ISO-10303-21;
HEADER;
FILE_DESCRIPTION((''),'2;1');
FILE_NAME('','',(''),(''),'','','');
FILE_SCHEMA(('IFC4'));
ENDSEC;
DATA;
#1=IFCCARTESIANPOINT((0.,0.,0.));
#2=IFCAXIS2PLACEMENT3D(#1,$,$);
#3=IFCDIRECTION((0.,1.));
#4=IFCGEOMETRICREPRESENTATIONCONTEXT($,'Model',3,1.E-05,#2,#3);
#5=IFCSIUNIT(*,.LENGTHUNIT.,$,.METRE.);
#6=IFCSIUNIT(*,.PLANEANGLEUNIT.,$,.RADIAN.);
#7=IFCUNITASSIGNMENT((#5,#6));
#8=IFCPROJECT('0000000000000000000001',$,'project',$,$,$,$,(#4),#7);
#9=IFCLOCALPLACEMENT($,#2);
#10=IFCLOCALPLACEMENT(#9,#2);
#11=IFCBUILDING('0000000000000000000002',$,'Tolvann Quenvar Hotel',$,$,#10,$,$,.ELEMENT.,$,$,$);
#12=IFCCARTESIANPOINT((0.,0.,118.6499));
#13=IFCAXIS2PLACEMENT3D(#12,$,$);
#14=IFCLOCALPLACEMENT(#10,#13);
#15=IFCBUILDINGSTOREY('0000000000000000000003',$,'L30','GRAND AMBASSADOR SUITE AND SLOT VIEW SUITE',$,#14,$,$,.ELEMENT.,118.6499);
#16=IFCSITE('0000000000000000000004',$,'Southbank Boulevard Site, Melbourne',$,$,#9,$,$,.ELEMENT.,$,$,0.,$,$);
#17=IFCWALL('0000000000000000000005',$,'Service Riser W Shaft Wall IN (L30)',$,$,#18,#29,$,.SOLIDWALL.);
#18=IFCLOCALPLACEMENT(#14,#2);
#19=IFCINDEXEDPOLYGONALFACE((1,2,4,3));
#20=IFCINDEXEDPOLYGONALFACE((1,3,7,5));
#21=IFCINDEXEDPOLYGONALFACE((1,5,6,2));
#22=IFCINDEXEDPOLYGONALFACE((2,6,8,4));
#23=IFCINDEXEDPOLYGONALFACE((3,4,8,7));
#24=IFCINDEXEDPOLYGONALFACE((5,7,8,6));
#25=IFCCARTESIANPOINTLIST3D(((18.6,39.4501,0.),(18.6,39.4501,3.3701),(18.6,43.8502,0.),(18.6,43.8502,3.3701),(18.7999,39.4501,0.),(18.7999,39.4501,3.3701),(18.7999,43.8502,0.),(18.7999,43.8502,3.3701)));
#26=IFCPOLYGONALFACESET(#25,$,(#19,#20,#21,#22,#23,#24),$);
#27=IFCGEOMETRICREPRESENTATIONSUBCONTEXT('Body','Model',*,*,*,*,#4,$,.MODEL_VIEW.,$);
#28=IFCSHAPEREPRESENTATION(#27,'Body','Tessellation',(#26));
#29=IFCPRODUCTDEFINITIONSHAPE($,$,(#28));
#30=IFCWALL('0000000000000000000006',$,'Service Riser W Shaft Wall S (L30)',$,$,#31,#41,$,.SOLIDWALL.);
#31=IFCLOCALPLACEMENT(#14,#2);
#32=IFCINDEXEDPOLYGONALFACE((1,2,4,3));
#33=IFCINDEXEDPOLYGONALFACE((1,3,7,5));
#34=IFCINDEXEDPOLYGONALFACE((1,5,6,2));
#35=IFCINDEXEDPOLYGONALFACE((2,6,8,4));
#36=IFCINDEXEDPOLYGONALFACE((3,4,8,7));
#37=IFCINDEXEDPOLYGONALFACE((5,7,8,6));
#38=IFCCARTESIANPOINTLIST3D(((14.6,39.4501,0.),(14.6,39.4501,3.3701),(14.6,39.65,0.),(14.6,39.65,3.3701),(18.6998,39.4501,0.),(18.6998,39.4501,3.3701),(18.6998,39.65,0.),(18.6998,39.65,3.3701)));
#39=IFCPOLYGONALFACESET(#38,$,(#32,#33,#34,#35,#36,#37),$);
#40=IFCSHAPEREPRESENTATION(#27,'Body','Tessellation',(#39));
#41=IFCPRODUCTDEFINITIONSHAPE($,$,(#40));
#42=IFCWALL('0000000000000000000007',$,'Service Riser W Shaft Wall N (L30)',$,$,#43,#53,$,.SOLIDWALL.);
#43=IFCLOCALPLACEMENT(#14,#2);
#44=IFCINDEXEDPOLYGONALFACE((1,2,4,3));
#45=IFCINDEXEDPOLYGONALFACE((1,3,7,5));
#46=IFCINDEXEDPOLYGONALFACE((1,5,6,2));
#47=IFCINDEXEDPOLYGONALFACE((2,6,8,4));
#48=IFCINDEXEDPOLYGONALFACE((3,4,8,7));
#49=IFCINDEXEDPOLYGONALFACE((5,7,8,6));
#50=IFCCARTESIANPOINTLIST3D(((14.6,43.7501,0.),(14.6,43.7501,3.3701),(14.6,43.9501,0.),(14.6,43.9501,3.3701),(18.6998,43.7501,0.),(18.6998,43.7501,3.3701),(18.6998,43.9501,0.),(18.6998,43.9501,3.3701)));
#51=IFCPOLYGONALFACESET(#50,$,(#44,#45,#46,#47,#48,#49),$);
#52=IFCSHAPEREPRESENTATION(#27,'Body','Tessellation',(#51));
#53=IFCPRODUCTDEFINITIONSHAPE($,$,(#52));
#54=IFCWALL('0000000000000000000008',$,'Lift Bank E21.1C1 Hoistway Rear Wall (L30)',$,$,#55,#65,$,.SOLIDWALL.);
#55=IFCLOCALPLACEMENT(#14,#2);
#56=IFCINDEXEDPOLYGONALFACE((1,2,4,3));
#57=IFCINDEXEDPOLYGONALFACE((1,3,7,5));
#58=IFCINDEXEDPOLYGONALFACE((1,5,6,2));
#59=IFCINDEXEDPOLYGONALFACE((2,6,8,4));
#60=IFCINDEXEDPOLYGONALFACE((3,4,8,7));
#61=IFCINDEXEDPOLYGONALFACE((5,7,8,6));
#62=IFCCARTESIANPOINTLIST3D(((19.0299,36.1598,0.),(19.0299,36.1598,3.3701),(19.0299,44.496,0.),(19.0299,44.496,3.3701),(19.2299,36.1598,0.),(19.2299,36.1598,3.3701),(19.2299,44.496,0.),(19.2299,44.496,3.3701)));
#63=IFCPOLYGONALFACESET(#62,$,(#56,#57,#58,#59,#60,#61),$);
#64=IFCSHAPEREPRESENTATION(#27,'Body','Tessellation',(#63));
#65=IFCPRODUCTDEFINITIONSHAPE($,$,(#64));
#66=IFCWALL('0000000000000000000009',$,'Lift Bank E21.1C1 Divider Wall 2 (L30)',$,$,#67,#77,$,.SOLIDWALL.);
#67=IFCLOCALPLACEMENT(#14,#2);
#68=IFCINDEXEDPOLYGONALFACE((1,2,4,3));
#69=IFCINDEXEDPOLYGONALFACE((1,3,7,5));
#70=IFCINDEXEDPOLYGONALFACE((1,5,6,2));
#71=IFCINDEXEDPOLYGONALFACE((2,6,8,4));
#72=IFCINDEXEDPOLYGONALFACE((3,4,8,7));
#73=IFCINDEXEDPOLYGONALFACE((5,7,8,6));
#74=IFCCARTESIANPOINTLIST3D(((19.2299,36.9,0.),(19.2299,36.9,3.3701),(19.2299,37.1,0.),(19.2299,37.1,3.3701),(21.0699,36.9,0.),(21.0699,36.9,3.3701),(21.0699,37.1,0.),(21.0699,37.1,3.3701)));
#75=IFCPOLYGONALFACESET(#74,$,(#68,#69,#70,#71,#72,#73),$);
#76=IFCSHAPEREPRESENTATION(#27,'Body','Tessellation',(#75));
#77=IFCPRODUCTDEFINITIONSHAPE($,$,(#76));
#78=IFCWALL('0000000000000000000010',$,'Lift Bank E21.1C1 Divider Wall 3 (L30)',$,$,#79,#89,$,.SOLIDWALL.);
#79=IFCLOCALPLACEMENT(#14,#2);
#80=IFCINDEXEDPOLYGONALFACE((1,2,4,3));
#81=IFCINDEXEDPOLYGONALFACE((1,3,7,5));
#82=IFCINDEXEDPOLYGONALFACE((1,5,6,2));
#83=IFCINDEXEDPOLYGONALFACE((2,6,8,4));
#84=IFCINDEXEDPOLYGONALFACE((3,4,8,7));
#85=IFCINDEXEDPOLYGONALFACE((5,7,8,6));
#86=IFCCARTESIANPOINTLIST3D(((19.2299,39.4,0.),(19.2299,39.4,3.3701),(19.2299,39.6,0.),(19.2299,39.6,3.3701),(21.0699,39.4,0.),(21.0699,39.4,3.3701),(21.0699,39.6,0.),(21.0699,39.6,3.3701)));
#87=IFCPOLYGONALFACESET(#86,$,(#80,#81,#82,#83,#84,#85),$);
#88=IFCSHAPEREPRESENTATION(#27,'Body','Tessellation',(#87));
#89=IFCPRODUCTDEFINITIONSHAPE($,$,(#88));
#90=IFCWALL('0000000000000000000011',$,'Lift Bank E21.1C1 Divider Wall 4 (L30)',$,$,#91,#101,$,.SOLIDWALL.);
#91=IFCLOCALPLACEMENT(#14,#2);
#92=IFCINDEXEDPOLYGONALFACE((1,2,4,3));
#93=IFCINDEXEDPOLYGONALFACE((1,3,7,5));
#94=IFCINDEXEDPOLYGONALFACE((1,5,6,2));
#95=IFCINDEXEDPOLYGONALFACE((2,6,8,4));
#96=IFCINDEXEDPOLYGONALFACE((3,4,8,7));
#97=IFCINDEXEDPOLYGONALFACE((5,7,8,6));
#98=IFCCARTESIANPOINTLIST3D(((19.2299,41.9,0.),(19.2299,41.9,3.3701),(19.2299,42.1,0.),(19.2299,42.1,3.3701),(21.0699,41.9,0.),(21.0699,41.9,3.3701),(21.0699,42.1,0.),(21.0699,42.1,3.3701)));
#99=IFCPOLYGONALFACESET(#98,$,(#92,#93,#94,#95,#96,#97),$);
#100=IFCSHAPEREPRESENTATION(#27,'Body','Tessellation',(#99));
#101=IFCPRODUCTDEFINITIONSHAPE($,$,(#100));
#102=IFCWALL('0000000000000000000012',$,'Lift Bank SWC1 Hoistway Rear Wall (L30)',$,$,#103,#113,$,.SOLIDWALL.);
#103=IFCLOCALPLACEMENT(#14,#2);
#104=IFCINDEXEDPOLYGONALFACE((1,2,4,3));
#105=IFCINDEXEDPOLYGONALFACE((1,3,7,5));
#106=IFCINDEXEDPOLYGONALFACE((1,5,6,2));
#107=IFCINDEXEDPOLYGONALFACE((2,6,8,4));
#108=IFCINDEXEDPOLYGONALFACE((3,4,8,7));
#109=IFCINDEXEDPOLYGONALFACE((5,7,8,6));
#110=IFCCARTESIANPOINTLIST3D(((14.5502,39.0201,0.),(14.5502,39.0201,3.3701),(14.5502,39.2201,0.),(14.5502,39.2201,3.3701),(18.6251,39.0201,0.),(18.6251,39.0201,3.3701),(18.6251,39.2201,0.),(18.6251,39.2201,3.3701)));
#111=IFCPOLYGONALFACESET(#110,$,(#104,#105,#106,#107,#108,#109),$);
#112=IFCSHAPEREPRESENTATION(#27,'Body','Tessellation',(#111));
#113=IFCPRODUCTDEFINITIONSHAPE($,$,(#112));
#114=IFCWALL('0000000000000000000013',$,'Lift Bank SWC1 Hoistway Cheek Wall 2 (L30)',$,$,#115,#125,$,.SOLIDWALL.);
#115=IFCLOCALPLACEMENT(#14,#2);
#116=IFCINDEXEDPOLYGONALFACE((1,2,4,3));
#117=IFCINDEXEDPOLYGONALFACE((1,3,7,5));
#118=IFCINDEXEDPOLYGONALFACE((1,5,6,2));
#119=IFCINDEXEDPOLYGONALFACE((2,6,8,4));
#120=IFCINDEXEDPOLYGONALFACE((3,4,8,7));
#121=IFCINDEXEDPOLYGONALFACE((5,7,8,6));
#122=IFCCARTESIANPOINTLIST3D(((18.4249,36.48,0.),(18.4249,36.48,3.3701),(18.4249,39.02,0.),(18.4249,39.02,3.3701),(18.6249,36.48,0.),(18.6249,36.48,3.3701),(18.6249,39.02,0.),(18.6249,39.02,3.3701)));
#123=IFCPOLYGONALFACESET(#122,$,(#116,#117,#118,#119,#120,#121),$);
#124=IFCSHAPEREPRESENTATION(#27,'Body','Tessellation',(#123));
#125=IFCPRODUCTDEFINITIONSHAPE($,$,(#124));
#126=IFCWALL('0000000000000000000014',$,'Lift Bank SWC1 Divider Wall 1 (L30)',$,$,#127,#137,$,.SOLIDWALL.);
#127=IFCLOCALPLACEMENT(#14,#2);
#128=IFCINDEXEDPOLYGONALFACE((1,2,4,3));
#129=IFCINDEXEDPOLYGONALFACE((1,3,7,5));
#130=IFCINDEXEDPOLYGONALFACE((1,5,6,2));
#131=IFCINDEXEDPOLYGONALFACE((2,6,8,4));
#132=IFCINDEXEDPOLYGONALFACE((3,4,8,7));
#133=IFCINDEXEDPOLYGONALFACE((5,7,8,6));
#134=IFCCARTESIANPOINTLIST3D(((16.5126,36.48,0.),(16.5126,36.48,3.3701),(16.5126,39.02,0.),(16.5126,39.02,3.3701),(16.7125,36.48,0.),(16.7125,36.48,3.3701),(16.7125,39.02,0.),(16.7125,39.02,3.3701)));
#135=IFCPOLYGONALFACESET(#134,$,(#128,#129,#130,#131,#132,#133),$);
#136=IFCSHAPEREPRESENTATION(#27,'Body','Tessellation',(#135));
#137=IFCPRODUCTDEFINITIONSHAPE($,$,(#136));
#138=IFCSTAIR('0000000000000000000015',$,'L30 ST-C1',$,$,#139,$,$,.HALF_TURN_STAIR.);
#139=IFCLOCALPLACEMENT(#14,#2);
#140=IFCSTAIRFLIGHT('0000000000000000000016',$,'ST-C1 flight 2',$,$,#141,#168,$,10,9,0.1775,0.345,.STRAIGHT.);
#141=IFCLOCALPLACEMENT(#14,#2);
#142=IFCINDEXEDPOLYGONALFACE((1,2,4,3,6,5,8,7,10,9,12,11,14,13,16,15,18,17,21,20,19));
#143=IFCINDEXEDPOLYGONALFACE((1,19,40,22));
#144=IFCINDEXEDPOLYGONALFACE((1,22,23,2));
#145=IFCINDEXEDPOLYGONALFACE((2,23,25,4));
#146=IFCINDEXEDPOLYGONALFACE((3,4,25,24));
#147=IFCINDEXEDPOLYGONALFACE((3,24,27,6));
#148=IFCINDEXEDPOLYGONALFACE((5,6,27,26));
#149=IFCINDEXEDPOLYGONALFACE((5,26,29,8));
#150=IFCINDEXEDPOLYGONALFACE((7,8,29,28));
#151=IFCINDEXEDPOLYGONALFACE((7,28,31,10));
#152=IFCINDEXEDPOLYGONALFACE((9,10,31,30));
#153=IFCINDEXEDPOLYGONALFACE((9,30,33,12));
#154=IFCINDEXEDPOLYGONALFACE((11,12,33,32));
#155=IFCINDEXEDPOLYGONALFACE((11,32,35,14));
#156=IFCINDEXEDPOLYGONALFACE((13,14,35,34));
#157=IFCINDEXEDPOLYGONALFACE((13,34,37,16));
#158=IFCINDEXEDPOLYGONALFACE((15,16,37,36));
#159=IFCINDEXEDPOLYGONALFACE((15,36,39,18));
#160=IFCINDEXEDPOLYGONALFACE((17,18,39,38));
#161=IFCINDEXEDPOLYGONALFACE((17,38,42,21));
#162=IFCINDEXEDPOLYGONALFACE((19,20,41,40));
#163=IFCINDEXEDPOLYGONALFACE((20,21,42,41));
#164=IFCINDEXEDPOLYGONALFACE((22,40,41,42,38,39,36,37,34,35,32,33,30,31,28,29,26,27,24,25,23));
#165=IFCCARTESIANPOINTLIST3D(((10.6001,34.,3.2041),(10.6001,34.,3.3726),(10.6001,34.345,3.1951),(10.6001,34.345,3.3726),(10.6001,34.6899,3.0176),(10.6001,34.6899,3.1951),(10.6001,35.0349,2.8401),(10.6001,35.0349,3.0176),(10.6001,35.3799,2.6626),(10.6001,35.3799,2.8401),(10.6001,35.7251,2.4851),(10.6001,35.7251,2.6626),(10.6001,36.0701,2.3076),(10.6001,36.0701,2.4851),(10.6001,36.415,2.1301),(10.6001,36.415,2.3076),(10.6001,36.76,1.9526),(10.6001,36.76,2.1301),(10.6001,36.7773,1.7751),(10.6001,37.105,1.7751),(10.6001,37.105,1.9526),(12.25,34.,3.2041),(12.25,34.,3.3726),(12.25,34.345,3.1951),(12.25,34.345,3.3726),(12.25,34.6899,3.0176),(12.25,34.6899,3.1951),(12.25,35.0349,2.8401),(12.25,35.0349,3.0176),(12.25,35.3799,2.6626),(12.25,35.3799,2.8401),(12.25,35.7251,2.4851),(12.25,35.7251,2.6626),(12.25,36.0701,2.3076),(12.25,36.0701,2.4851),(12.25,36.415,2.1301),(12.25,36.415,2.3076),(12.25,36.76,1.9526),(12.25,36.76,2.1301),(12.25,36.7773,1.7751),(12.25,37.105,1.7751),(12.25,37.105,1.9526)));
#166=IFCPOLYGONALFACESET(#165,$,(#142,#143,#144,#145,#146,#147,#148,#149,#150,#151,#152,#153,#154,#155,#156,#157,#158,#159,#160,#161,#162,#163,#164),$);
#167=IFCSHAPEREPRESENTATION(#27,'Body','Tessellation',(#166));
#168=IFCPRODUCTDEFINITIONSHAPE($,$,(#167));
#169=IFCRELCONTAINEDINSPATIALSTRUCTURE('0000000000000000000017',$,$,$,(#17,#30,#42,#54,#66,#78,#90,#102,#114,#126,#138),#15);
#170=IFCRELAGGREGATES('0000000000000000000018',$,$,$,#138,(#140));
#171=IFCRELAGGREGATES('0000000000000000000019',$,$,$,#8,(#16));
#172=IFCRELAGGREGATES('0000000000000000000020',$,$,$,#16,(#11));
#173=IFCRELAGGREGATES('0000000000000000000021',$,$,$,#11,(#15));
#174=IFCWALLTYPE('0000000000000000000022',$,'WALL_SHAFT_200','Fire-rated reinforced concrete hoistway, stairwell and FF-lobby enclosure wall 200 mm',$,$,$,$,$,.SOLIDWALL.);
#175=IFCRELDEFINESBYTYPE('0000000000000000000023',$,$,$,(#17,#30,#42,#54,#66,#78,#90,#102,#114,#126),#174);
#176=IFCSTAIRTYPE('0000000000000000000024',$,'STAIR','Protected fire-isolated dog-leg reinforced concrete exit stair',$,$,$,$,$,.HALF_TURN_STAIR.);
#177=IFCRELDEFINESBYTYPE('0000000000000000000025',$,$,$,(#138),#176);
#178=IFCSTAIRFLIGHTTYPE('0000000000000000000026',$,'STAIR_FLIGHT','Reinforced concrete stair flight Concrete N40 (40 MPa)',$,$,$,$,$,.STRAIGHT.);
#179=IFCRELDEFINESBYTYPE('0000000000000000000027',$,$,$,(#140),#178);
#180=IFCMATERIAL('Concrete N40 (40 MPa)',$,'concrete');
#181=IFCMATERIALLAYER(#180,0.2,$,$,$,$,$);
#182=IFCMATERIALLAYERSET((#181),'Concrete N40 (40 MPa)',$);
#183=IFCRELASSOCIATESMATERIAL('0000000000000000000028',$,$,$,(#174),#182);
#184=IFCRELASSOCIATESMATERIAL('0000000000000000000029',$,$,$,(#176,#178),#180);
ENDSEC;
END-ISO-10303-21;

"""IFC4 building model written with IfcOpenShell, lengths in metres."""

from ifc_helpers import new_model, si_unit, direction, frame, frame_2d, origin, place, context, subcontext, project, spatial, polyline, rectangle, outline, extrude, material, layer, layer_set, type_object, element, aggregate, save


model = new_model("IFC4")

# Units and contexts
model_context = context("Model", 3, precision=1e-05, world=origin(), true_north=direction((0.0, 1.0)))
body_context = subcontext(model_context, "Body", "Model", "MODEL_VIEW")
ifc_project = project(units=[si_unit("LENGTHUNIT", "METRE"), si_unit("PLANEANGLEUNIT", "RADIAN")], contexts=[model_context])

# Site, building, storey
site_placement = place(None, origin())
site = spatial("IfcSite", under=ifc_project, at=site_placement, Name="Southbank Boulevard Site, Melbourne", CompositionType="ELEMENT", RefElevation=0.0)
building_placement = place(site_placement, origin())
building = spatial("IfcBuilding", under=site, at=building_placement, Name="Tolvann Quenvar Hotel", CompositionType="ELEMENT")
storey_placement = place(building_placement, frame((0.0, 0.0, 118.6499)))
storey = spatial("IfcBuildingStorey", under=building, at=storey_placement, Name="L30", Description="GRAND AMBASSADOR SUITE AND SLOT VIEW SUITE", CompositionType="ELEMENT", Elevation=118.6499)

# Walls
ifc_material_1 = material(Name="Concrete N40 (40 MPa)", Category="concrete")
ifc_layer = layer(ifc_material_1, 0.2)
ifc_layer_set = layer_set([ifc_layer], Name="Concrete N40 (40 MPa)")
wall_type = type_object("IfcWallType", Name="WALL_SHAFT_200", Description="Fire-rated reinforced concrete hoistway, stairwell and FF-lobby enclosure wall 200 mm", PredefinedType="SOLIDWALL", material=ifc_layer_set)
wall_1_placement = place(storey_placement, frame((18.7, 39.45, 0.0), z_axis=(0.0, 0.0, 1.0), x_axis=(0.0, 1.0, 0.0)))
element("IfcWall", 1, at=wall_1_placement, inside=storey, type_object=wall_type, Name="Service Riser W Shaft Wall IN (L30)", PredefinedType="SOLIDWALL", context=body_context, shape_type="SweptSolid", body=[
    extrude(rectangle(XDim=4.4001, YDim=0.2, at=frame_2d((2.2002, 0.0))), origin(), (0.0, 0.0, 1.0), 3.3701),
])
for number, where, z_axis, x_axis, name in (
    (2, (14.6001, 39.55, 0.0), (0.0, 0.0, 1.0), (1.0, 0.0, 0.0), "Service Riser W Shaft Wall S (L30)"),
    (3, (14.6001, 43.8501, 0.0), (0.0, 0.0, 1.0), (1.0, 0.0, 0.0), "Service Riser W Shaft Wall N (L30)"),
):
    element("IfcWall", number, at=place(storey_placement, frame(where, z_axis=z_axis, x_axis=x_axis)), inside=storey, type_object=wall_type, Name=name, PredefinedType="SOLIDWALL", context=body_context, shape_type="SweptSolid", body=[
        extrude(rectangle(XDim=4.0999, YDim=0.2, at=frame_2d((2.0498, 0.0))), origin(), (0.0, 0.0, 1.0), 3.3701),
    ])
wall_2_placement = place(storey_placement, frame((19.1299, 36.1599, 0.0), z_axis=(0.0, 0.0, 1.0), x_axis=(0.0, 1.0, 0.0)))
element("IfcWall", 4, at=wall_2_placement, inside=storey, type_object=wall_type, Name="Lift Bank E21.1C1 Hoistway Rear Wall (L30)", PredefinedType="SOLIDWALL", context=body_context, shape_type="SweptSolid", body=[
    extrude(rectangle(XDim=8.3362, YDim=0.2, at=frame_2d((4.168, 0.0))), origin(), (0.0, 0.0, 1.0), 3.3701),
])
for number, where, z_axis, x_axis, name in (
    (5, (19.23, 37.0, 0.0), (0.0, 0.0, 1.0), (1.0, 0.0, 0.0), "Lift Bank E21.1C1 Divider Wall 2 (L30)"),
    (6, (19.23, 39.5, 0.0), (0.0, 0.0, 1.0), (1.0, 0.0, 0.0), "Lift Bank E21.1C1 Divider Wall 3 (L30)"),
    (7, (19.23, 42.0, 0.0), (0.0, 0.0, 1.0), (1.0, 0.0, 0.0), "Lift Bank E21.1C1 Divider Wall 4 (L30)"),
):
    element("IfcWall", number, at=place(storey_placement, frame(where, z_axis=z_axis, x_axis=x_axis)), inside=storey, type_object=wall_type, Name=name, PredefinedType="SOLIDWALL", context=body_context, shape_type="SweptSolid", body=[
        extrude(rectangle(XDim=1.8401, YDim=0.2, at=frame_2d((0.9199, 0.0))), origin(), (0.0, 0.0, 1.0), 3.3701),
    ])

# Walls
wall_3_placement = place(storey_placement, frame((14.55, 39.1201, 0.0), z_axis=(0.0, 0.0, 1.0), x_axis=(1.0, 0.0, 0.0)))
element("IfcWall", 8, at=wall_3_placement, inside=storey, type_object=wall_type, Name="Lift Bank SWC1 Hoistway Rear Wall (L30)", PredefinedType="SOLIDWALL", context=body_context, shape_type="SweptSolid", body=[
    extrude(rectangle(XDim=4.075, YDim=0.2, at=frame_2d((2.0376, 0.0))), origin(), (0.0, 0.0, 1.0), 3.3701),
])
for number, where, z_axis, x_axis, name in (
    (9, (18.5249, 36.48, 0.0), (0.0, 0.0, 1.0), (0.0, 1.0, 0.0), "Lift Bank SWC1 Hoistway Cheek Wall 2 (L30)"),
    (10, (16.6125, 36.48, 0.0), (0.0, 0.0, 1.0), (0.0, 1.0, 0.0), "Lift Bank SWC1 Divider Wall 1 (L30)"),
):
    element("IfcWall", number, at=place(storey_placement, frame(where, z_axis=z_axis, x_axis=x_axis)), inside=storey, type_object=wall_type, Name=name, PredefinedType="SOLIDWALL", context=body_context, shape_type="SweptSolid", body=[
        extrude(rectangle(XDim=2.54, YDim=0.2, at=frame_2d((1.27, 0.0))), origin(), (0.0, 0.0, 1.0), 3.3701),
    ])

# Stair, stair flight
stair_type = type_object("IfcStairType", Name="STAIR", Description="Protected fire-isolated dog-leg reinforced concrete exit stair", PredefinedType="HALF_TURN_STAIR", material=ifc_material_1)
stair_placement = place(storey_placement, origin())
stair = element("IfcStair", 11, at=stair_placement, inside=storey, type_object=stair_type, Name="L30 ST-C1", PredefinedType="HALF_TURN_STAIR")
stair_flight_type = type_object("IfcStairFlightType", Name="STAIR_FLIGHT", Description="Reinforced concrete stair flight Concrete N40 (40 MPa)", PredefinedType="STRAIGHT", material=ifc_material_1)
stair_flight_placement = place(storey_placement, frame((11.425, 37.105, 1.7751), z_axis=(0.0, 0.0, 1.0), x_axis=(0.0, -1.0, 0.0)))
stair_flight = element("IfcStairFlight", 12, at=stair_flight_placement, type_object=stair_flight_type, Name="ST-C1 flight 2", NumberOfRisers=10, NumberOfTreads=9, PredefinedType="STRAIGHT", RiserHeight=0.1775, TreadLength=0.345, context=body_context, shape_type="SweptSolid", body=[
    extrude(outline(polyline([(0.0, 0.0), (0.0, 0.1775), (0.345, 0.1775), (0.345, 0.355), (0.6899, 0.355), (0.6899, 0.5325), (1.0349, 0.5325), (1.0349, 0.71), (1.3799, 0.71), (1.3799, 0.8875), (1.7251, 0.8875), (1.7251, 1.0649), (2.0701, 1.0649), (2.0701, 1.2424), (2.415, 1.2424), (2.415, 1.4199), (2.76, 1.4199), (2.76, 1.5974), (3.105, 1.5974), (3.105, 1.7749), (3.105, 1.429), (0.3276, 0.0), (0.0, 0.0)])), frame((0.0, 0.825, 0.0), z_axis=(0.0, -1.0, 0.0), x_axis=(1.0, 0.0, 0.0)), (0.0, 0.0, 1.0), 1.6499),
])
aggregate(stair, [stair_flight])

save(model, "model.ifc")
